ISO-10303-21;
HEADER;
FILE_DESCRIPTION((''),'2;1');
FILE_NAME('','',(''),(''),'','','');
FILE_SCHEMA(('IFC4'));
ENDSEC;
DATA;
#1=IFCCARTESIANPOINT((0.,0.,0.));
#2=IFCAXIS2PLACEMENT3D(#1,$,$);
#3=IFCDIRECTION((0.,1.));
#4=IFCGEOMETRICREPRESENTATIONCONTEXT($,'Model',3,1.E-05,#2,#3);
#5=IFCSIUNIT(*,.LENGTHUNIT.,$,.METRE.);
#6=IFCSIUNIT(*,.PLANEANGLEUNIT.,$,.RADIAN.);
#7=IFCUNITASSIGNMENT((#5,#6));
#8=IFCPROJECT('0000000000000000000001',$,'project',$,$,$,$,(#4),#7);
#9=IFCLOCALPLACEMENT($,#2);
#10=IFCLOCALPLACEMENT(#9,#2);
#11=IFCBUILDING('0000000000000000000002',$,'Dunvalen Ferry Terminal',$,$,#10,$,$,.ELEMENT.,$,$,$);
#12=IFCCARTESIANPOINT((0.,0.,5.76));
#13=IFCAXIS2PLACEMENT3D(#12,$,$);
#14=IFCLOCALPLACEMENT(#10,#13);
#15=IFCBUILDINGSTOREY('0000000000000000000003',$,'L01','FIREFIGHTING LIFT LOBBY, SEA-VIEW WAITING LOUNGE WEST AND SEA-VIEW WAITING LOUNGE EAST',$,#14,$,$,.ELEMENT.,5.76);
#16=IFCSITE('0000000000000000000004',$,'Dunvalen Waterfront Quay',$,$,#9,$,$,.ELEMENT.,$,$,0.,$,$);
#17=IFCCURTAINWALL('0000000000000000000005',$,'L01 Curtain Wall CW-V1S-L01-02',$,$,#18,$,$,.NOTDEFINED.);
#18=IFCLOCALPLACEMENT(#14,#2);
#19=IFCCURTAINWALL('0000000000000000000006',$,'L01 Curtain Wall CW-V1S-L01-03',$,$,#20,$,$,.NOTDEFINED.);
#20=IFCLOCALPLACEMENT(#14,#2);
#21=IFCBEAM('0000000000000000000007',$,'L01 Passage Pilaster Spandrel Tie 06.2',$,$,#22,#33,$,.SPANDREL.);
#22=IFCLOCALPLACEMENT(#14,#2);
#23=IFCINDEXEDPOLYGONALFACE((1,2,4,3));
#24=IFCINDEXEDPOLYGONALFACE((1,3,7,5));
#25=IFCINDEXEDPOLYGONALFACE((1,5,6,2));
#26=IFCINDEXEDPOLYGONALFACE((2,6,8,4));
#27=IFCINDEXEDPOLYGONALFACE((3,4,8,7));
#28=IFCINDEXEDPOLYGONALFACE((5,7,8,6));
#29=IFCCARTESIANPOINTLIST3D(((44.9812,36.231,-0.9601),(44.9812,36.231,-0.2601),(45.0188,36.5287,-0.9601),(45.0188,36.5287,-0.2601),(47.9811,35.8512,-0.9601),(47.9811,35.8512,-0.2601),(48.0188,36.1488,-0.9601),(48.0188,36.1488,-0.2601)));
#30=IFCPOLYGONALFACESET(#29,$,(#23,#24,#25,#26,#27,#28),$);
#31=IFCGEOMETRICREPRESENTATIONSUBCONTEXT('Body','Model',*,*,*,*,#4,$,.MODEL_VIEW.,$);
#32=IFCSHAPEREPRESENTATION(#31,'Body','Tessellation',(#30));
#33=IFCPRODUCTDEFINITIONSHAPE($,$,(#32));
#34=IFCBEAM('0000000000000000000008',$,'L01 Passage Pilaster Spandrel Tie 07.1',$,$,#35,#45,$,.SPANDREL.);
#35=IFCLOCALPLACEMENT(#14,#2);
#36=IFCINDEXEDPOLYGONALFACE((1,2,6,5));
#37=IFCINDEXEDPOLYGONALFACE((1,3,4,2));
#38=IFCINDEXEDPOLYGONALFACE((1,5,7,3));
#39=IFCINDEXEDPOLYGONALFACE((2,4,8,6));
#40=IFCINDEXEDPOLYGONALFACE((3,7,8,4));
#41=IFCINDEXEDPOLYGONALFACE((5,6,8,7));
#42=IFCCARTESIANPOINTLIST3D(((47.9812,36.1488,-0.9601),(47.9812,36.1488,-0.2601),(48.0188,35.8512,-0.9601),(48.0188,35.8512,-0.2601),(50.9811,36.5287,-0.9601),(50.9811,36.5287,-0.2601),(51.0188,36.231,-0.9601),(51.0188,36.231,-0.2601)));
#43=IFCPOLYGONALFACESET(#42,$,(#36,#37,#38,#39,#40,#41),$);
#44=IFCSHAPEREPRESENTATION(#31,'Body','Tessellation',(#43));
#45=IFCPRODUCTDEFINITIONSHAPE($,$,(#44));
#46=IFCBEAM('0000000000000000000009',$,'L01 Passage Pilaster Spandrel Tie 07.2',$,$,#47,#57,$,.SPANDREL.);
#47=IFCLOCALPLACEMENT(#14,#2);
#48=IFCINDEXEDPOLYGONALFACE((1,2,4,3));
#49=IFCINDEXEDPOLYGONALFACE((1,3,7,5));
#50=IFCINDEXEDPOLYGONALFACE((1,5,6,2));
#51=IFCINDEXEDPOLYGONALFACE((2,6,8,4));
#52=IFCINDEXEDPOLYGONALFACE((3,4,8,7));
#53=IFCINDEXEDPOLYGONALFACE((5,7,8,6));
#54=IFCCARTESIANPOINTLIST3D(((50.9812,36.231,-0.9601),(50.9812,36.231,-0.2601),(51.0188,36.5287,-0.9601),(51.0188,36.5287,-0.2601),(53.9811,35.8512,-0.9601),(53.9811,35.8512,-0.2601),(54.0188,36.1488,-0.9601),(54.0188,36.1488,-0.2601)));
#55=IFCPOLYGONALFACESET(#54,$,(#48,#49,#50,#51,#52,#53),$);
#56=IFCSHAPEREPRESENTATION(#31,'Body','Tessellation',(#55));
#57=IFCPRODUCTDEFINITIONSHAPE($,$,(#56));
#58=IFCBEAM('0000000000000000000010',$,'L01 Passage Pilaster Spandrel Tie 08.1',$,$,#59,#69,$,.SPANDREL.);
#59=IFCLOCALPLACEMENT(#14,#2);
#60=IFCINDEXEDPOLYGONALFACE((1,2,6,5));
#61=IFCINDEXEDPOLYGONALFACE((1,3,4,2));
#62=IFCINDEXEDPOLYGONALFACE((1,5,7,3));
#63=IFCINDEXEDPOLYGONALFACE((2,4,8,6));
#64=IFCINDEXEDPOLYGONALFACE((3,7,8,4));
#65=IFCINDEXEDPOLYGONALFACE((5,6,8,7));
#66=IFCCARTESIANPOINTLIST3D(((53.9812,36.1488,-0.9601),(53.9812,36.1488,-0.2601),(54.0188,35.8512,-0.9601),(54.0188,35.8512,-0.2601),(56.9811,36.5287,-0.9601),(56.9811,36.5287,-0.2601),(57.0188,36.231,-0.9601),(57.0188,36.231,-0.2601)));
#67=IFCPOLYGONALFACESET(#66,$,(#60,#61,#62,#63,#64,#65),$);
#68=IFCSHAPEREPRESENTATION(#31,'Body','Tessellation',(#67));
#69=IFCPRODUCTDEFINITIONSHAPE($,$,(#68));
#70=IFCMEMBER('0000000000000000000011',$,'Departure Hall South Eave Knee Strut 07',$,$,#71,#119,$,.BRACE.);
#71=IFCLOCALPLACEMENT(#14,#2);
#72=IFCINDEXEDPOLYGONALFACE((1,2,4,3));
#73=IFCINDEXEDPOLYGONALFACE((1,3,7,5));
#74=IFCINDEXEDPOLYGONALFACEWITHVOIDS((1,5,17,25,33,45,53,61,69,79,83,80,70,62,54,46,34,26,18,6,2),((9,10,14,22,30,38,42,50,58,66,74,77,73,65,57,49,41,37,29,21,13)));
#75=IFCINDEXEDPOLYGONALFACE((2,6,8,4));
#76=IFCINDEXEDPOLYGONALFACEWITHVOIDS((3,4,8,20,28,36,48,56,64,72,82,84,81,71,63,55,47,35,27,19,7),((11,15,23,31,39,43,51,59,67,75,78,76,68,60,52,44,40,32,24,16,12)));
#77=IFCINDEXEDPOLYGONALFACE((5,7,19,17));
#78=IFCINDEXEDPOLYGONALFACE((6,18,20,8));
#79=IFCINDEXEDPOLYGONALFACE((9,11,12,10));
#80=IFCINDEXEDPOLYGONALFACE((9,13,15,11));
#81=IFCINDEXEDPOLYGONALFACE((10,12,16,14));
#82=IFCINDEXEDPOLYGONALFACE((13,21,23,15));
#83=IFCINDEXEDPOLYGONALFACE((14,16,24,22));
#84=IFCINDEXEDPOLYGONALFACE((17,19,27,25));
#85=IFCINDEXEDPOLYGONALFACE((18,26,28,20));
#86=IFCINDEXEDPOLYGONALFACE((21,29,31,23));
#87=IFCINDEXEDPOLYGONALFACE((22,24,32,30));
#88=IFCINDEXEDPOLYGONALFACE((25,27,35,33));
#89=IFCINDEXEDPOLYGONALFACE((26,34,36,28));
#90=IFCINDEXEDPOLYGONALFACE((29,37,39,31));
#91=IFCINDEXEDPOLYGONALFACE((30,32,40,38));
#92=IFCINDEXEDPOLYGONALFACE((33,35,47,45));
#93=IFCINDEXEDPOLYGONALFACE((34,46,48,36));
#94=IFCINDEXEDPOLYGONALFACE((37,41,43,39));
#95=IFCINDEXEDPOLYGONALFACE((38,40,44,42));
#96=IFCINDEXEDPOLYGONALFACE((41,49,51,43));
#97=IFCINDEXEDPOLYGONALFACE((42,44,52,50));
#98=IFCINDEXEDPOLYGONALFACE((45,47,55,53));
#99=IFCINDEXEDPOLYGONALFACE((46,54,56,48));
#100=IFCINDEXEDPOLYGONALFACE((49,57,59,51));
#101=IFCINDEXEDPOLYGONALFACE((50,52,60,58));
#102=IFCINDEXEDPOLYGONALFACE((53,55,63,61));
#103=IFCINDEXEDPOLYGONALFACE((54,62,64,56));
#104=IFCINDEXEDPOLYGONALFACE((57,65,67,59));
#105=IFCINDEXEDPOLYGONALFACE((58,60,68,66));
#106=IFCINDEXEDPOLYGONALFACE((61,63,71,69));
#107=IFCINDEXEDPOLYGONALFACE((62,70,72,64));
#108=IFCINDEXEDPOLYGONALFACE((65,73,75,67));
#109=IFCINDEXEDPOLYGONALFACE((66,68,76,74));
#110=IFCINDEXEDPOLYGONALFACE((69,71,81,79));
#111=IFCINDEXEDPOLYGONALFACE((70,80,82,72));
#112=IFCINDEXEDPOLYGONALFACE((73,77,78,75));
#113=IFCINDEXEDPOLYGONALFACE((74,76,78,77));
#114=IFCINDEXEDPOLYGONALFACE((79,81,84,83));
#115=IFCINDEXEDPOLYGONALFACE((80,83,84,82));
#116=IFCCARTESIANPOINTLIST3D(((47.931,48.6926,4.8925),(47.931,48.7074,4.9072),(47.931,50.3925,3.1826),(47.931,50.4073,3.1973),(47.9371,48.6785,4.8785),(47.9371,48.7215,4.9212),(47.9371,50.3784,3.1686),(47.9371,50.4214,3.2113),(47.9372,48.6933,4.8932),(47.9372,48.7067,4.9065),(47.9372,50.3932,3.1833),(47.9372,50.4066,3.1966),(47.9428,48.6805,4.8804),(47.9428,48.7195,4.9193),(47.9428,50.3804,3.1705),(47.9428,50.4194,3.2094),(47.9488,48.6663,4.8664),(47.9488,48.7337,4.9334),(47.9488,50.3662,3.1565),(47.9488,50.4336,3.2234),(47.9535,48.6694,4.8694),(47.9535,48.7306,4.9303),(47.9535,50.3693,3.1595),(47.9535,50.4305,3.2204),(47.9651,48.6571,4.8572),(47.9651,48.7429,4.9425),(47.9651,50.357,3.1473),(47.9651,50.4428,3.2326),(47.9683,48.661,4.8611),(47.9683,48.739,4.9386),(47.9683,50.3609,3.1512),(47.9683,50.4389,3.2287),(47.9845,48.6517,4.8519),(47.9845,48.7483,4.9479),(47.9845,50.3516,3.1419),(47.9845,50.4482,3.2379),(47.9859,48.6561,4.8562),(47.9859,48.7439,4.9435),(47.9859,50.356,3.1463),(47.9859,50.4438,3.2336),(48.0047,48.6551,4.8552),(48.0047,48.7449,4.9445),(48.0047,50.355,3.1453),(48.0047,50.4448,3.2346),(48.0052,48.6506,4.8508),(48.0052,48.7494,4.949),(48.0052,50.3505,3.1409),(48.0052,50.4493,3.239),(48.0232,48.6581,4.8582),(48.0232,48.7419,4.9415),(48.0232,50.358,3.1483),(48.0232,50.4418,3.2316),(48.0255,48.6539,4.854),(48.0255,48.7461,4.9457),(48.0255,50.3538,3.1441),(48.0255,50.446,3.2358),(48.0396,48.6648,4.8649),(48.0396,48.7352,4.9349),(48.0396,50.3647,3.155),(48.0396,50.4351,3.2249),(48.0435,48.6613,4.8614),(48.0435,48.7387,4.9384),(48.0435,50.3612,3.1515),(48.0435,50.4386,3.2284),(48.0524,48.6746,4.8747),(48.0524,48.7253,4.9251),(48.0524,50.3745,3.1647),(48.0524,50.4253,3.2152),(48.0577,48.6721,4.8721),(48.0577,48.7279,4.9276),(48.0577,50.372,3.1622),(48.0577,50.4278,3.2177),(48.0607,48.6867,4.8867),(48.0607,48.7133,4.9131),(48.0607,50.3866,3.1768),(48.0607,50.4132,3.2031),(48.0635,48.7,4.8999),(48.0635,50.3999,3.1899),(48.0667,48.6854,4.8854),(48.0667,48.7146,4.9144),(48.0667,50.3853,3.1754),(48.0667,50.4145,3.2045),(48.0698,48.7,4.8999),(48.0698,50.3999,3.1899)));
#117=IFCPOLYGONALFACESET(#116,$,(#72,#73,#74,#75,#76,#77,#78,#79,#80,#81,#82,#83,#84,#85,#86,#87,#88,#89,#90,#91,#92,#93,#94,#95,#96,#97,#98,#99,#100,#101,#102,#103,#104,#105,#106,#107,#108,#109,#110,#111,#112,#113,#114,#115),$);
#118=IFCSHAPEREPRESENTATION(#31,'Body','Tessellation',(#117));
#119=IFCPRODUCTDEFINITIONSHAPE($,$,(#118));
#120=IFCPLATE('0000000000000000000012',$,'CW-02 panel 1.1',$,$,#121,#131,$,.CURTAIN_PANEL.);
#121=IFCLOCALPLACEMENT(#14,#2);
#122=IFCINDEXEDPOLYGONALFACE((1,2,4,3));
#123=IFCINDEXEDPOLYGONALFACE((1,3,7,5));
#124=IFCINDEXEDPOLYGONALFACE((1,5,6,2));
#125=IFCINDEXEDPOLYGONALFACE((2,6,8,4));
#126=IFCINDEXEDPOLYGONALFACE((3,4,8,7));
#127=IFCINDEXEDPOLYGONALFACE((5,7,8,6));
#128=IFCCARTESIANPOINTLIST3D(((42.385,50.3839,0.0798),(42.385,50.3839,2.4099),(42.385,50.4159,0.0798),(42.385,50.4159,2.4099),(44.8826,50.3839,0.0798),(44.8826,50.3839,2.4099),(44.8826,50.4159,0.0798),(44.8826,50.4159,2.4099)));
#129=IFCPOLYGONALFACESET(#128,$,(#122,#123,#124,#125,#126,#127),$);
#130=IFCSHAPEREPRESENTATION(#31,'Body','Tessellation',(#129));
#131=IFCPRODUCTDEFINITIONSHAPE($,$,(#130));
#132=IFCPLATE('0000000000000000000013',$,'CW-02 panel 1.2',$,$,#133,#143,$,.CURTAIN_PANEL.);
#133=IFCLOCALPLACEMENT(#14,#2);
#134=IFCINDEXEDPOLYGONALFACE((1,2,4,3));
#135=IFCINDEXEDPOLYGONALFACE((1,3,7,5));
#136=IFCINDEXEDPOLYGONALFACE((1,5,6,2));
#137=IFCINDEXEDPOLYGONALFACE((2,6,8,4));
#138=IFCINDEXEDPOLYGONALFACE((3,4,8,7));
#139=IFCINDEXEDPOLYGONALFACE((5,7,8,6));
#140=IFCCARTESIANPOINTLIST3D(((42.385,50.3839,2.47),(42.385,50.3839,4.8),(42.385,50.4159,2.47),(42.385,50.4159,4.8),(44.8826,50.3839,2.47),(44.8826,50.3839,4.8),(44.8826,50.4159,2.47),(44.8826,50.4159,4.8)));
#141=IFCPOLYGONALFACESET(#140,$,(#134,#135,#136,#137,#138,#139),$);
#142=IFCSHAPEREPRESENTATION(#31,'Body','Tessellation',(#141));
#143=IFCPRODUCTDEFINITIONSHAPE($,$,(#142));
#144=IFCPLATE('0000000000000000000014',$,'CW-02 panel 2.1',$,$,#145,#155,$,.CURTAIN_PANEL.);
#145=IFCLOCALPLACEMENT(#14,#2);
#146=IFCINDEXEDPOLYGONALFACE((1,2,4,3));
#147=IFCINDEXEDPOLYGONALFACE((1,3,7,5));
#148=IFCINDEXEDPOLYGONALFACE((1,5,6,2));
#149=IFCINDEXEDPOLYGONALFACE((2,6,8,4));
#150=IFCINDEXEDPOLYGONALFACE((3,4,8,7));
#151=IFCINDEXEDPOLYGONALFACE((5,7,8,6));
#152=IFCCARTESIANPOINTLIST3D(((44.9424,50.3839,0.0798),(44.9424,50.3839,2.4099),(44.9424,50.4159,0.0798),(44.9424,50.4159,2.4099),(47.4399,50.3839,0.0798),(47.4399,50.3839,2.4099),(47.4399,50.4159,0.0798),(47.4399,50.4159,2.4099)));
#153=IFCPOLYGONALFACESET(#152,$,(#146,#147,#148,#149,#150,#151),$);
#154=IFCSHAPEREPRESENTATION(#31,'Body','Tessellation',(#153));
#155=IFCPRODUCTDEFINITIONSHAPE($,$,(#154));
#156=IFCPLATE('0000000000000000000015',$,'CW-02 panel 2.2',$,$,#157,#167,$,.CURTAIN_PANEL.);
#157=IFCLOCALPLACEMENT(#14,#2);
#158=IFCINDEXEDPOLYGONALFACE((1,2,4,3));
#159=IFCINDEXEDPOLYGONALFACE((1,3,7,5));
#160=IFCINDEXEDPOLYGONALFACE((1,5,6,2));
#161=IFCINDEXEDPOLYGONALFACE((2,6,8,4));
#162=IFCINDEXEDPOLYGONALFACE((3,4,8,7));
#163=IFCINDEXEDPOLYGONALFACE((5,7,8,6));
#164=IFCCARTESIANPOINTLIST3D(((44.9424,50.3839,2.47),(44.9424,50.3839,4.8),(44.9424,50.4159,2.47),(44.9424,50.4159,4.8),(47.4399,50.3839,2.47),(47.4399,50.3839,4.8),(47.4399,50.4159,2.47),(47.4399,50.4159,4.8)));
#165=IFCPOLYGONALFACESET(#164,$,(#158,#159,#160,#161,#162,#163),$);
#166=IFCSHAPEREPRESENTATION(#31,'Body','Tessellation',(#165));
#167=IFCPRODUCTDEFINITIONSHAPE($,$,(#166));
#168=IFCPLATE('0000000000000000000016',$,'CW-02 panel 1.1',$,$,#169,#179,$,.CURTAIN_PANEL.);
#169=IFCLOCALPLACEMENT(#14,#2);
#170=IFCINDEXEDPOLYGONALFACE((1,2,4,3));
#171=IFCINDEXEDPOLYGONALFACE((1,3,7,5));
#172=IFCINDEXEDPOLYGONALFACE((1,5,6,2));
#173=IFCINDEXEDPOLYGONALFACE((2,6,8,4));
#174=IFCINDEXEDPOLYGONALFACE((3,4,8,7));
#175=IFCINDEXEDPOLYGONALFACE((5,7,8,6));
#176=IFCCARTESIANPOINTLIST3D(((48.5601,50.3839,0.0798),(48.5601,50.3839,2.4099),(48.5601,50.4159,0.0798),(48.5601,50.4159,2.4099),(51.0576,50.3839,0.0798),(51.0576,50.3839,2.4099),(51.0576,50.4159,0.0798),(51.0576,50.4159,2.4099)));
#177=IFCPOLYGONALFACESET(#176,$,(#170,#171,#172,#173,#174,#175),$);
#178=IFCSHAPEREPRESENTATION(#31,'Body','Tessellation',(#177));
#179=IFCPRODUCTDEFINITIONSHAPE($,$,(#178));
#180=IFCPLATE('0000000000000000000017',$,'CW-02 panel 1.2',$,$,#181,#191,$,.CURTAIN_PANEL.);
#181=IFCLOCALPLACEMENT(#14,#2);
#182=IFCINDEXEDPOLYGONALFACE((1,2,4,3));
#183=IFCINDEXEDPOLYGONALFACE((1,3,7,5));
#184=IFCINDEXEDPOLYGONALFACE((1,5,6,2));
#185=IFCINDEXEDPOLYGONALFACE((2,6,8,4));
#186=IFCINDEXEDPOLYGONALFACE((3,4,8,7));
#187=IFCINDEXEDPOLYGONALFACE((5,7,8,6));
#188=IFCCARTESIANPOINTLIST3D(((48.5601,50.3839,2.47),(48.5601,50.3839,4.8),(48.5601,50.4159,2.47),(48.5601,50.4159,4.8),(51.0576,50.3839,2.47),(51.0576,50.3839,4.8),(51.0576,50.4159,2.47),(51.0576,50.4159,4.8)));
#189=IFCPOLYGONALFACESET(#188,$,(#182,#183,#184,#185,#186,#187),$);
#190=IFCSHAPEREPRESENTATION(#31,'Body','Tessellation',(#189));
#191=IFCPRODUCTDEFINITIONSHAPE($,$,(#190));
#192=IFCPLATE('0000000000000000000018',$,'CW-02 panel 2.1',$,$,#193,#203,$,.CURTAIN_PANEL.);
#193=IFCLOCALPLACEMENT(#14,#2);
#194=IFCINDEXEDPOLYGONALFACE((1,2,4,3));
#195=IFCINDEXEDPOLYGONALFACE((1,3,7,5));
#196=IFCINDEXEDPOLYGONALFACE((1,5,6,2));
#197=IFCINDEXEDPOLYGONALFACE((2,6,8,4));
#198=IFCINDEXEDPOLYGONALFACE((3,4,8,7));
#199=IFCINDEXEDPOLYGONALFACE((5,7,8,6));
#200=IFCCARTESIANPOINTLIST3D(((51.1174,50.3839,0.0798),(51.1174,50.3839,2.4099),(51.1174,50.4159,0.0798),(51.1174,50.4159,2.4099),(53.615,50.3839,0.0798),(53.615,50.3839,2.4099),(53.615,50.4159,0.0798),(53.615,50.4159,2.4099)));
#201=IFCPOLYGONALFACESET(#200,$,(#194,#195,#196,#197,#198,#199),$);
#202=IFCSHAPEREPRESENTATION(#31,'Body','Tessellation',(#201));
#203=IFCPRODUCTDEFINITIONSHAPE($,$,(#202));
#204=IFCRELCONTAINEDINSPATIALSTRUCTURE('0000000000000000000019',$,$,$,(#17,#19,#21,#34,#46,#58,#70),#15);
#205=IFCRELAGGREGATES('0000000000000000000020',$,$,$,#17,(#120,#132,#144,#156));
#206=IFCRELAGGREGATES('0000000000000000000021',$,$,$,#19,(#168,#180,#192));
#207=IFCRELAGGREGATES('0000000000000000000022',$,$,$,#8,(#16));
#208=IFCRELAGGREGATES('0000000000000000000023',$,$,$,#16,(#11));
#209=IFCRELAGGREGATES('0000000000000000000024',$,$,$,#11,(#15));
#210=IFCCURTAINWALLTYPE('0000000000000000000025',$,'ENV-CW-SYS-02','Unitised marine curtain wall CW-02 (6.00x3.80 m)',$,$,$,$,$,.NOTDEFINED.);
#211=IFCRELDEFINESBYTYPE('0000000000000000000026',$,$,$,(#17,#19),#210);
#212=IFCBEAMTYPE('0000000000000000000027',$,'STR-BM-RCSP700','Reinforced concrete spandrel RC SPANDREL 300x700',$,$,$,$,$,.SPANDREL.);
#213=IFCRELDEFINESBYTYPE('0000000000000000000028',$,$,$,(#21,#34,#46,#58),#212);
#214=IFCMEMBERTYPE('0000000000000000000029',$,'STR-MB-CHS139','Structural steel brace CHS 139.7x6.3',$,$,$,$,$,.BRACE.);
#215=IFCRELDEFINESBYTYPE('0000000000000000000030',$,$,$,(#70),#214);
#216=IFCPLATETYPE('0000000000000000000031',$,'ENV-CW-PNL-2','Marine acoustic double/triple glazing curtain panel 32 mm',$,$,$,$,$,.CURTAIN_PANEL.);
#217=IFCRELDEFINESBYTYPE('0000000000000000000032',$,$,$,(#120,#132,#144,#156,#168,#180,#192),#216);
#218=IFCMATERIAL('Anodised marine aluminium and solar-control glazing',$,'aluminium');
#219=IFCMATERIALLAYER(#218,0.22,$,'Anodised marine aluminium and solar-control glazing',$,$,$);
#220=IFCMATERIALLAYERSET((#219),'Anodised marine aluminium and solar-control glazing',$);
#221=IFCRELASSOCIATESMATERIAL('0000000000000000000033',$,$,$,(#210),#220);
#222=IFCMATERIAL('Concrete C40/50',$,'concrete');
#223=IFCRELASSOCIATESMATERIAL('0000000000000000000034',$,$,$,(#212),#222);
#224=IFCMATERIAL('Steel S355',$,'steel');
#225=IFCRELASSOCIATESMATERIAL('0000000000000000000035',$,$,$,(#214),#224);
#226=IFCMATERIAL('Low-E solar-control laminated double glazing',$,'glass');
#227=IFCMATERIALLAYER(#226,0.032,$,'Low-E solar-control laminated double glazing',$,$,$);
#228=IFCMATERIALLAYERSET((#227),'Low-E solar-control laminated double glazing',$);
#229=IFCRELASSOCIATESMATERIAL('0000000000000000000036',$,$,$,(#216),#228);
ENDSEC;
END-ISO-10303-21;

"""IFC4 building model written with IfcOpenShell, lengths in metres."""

from ifc_helpers import new_model, si_unit, direction, frame, origin, origin_2d, place, context, subcontext, project, spatial, rectangle, hollow_circle, extrude, material, layer, layer_set, material_profile, profile_set, type_object, element, aggregate, save


model = new_model("IFC4")

# Units and contexts
model_context = context("Model", 3, precision=1e-05, world=origin(), true_north=direction((0.0, 1.0)))
body_context = subcontext(model_context, "Body", "Model", "MODEL_VIEW")
ifc_project = project(units=[si_unit("LENGTHUNIT", "METRE"), si_unit("PLANEANGLEUNIT", "RADIAN")], contexts=[model_context])

# Site, building, storey
site_placement = place(None, origin())
site = spatial("IfcSite", under=ifc_project, at=site_placement, Name="Dunvalen Waterfront Quay", CompositionType="ELEMENT", RefElevation=0.0)
building_placement = place(site_placement, origin())
building = spatial("IfcBuilding", under=site, at=building_placement, Name="Dunvalen Ferry Terminal", CompositionType="ELEMENT")
storey_placement = place(building_placement, frame((0.0, 0.0, 5.76)))
storey = spatial("IfcBuildingStorey", under=building, at=storey_placement, Name="L01", Description="FIREFIGHTING LIFT LOBBY, SEA-VIEW WAITING LOUNGE WEST AND SEA-VIEW WAITING LOUNGE EAST", CompositionType="ELEMENT", Elevation=5.76)

# Shared definitions
ifc_material_1 = material(Name="Concrete C40/50", Category="concrete")

# Curtain walls
ifc_material_2 = material(Name="Anodised marine aluminium and solar-control glazing", Category="aluminium")
ifc_layer_1 = layer(ifc_material_2, 0.22, Name="Anodised marine aluminium and solar-control glazing")
ifc_layer_set_1 = layer_set([ifc_layer_1], Name="Anodised marine aluminium and solar-control glazing")
curtain_wall_type_1 = type_object("IfcCurtainWallType", Name="ENV-CW-SYS-02", Description="Unitised marine curtain wall CW-02 (6.00x3.80 m)", PredefinedType="NOTDEFINED", material=ifc_layer_set_1)
curtain_wall_1_placement = place(storey_placement, origin())
curtain_wall_1 = element("IfcCurtainWall", 1, at=curtain_wall_1_placement, inside=storey, type_object=curtain_wall_type_1, Name="L01 Curtain Wall CW-V1S-L01-02", PredefinedType="NOTDEFINED")
curtain_wall_2_placement = place(storey_placement, origin())
curtain_wall_2 = element("IfcCurtainWall", 2, at=curtain_wall_2_placement, inside=storey, type_object=curtain_wall_type_1, Name="L01 Curtain Wall CW-V1S-L01-03", PredefinedType="NOTDEFINED")

# Beams
ifc_material_3 = material(Name="Steel S355", Category="steel")
ifc_material_profile_1 = material_profile(ifc_material_1, rectangle(XDim=0.3, YDim=0.7, at=origin_2d()), Name="Concrete C40/50")
ifc_profile_set_1 = profile_set([ifc_material_profile_1], Name="Concrete C40/50")
beam_type_1 = type_object("IfcBeamType", Name="STR-BM-RCSP700", Description="Reinforced concrete spandrel RC SPANDREL 300x700", PredefinedType="SPANDREL", material=ifc_profile_set_1)
for number, where, z_axis, x_axis, name in (
    (3, (45.0, 36.3799, -0.6101), (0.992078, -0.125624, 0.0), (0.125624, 0.992078, 0.0), "L01 Passage Pilaster Spandrel Tie 06.2"),
    (4, (48.0, 36.0, -0.6101), (0.992078, 0.125624, 0.0), (-0.125624, 0.992078, 0.0), "L01 Passage Pilaster Spandrel Tie 07.1"),
    (5, (51.0, 36.3799, -0.6101), (0.992078, -0.125624, 0.0), (0.125624, 0.992078, 0.0), "L01 Passage Pilaster Spandrel Tie 07.2"),
    (6, (54.0, 36.0, -0.6101), (0.992078, 0.125624, 0.0), (-0.125624, 0.992078, 0.0), "L01 Passage Pilaster Spandrel Tie 08.1"),
):
    element("IfcBeam", number, at=place(storey_placement, frame(where, z_axis=z_axis, x_axis=x_axis)), inside=storey, type_object=beam_type_1, Name=name, PredefinedType="SPANDREL", context=body_context, shape_type="SweptSolid", body=[
        extrude(rectangle(XDim=0.3, YDim=0.7, at=origin_2d()), origin(), (0.0, 0.0, 1.0), 3.0239),
    ])

# Member
ifc_material_profile_2 = material_profile(ifc_material_3, hollow_circle(Radius=0.0698, WallThickness=0.0063, at=origin_2d()), Name="Steel S355")
ifc_profile_set_2 = profile_set([ifc_material_profile_2], Name="Steel S355")
member_type_1 = type_object("IfcMemberType", Name="STR-MB-CHS139", Description="Structural steel brace CHS 139.7x6.3", PredefinedType="BRACE", material=ifc_profile_set_2)
member_1_placement = place(storey_placement, frame((48.0, 50.3999, 3.1899), z_axis=(0.0, -0.705028, 0.709179), x_axis=(1.0, 0.0, 0.0)))
element("IfcMember", 7, at=member_1_placement, inside=storey, type_object=member_type_1, Name="Departure Hall South Eave Knee Strut 07", PredefinedType="BRACE", context=body_context, shape_type="SweptSolid", body=[
    extrude(hollow_circle(Radius=0.0698, WallThickness=0.0063, at=origin_2d()), origin(), (0.0, 0.0, 1.0), 2.4111),
])

# Plates
ifc_material_4 = material(Name="Low-E solar-control laminated double glazing", Category="glass")
ifc_layer_2 = layer(ifc_material_4, 0.032, Name="Low-E solar-control laminated double glazing")
ifc_layer_set_2 = layer_set([ifc_layer_2], Name="Low-E solar-control laminated double glazing")
plate_type_1 = type_object("IfcPlateType", Name="ENV-CW-PNL-2", Description="Marine acoustic double/triple glazing curtain panel 32 mm", PredefinedType="CURTAIN_PANEL", material=ifc_layer_set_2)
plate_1_placement = place(storey_placement, frame((43.6338, 50.3999, 0.0798), z_axis=(0.0, 0.0, 1.0), x_axis=(1.0, 0.0, 0.0)))
plate_1 = element("IfcPlate", 8, at=plate_1_placement, type_object=plate_type_1, Name="CW-02 panel 1.1", PredefinedType="CURTAIN_PANEL", context=body_context, shape_type="SweptSolid", body=[
    extrude(rectangle(XDim=2.4976, YDim=0.032, at=origin_2d()), origin(), (0.0, 0.0, 1.0), 2.3301),
])
plate_2_placement = place(storey_placement, frame((43.6338, 50.3999, 2.47), z_axis=(0.0, 0.0, 1.0), x_axis=(1.0, 0.0, 0.0)))
plate_2 = element("IfcPlate", 9, at=plate_2_placement, type_object=plate_type_1, Name="CW-02 panel 1.2", PredefinedType="CURTAIN_PANEL", context=body_context, shape_type="SweptSolid", body=[
    extrude(rectangle(XDim=2.4976, YDim=0.032, at=origin_2d()), origin(), (0.0, 0.0, 1.0), 2.3301),
])
plate_3_placement = place(storey_placement, frame((46.1912, 50.3999, 0.0798), z_axis=(0.0, 0.0, 1.0), x_axis=(1.0, 0.0, 0.0)))
plate_3 = element("IfcPlate", 10, at=plate_3_placement, type_object=plate_type_1, Name="CW-02 panel 2.1", PredefinedType="CURTAIN_PANEL", context=body_context, shape_type="SweptSolid", body=[
    extrude(rectangle(XDim=2.4976, YDim=0.032, at=origin_2d()), origin(), (0.0, 0.0, 1.0), 2.3301),
])
plate_4_placement = place(storey_placement, frame((46.1912, 50.3999, 2.47), z_axis=(0.0, 0.0, 1.0), x_axis=(1.0, 0.0, 0.0)))
plate_4 = element("IfcPlate", 11, at=plate_4_placement, type_object=plate_type_1, Name="CW-02 panel 2.2", PredefinedType="CURTAIN_PANEL", context=body_context, shape_type="SweptSolid", body=[
    extrude(rectangle(XDim=2.4976, YDim=0.032, at=origin_2d()), origin(), (0.0, 0.0, 1.0), 2.3301),
])
aggregate(curtain_wall_1, [plate_1, plate_2, plate_3, plate_4])
plate_5_placement = place(storey_placement, frame((49.8088, 50.3999, 0.0798), z_axis=(0.0, 0.0, 1.0), x_axis=(1.0, 0.0, 0.0)))
plate_5 = element("IfcPlate", 12, at=plate_5_placement, type_object=plate_type_1, Name="CW-02 panel 1.1", PredefinedType="CURTAIN_PANEL", context=body_context, shape_type="SweptSolid", body=[
    extrude(rectangle(XDim=2.4976, YDim=0.032, at=origin_2d()), origin(), (0.0, 0.0, 1.0), 2.3301),
])
plate_6_placement = place(storey_placement, frame((49.8088, 50.3999, 2.47), z_axis=(0.0, 0.0, 1.0), x_axis=(1.0, 0.0, 0.0)))
plate_6 = element("IfcPlate", 13, at=plate_6_placement, type_object=plate_type_1, Name="CW-02 panel 1.2", PredefinedType="CURTAIN_PANEL", context=body_context, shape_type="SweptSolid", body=[
    extrude(rectangle(XDim=2.4976, YDim=0.032, at=origin_2d()), origin(), (0.0, 0.0, 1.0), 2.3301),
])
plate_7_placement = place(storey_placement, frame((52.3662, 50.3999, 0.0798), z_axis=(0.0, 0.0, 1.0), x_axis=(1.0, 0.0, 0.0)))
plate_7 = element("IfcPlate", 14, at=plate_7_placement, type_object=plate_type_1, Name="CW-02 panel 2.1", PredefinedType="CURTAIN_PANEL", context=body_context, shape_type="SweptSolid", body=[
    extrude(rectangle(XDim=2.4976, YDim=0.032, at=origin_2d()), origin(), (0.0, 0.0, 1.0), 2.3301),
])
aggregate(curtain_wall_2, [plate_5, plate_6, plate_7])

save(model, "model.ifc")
